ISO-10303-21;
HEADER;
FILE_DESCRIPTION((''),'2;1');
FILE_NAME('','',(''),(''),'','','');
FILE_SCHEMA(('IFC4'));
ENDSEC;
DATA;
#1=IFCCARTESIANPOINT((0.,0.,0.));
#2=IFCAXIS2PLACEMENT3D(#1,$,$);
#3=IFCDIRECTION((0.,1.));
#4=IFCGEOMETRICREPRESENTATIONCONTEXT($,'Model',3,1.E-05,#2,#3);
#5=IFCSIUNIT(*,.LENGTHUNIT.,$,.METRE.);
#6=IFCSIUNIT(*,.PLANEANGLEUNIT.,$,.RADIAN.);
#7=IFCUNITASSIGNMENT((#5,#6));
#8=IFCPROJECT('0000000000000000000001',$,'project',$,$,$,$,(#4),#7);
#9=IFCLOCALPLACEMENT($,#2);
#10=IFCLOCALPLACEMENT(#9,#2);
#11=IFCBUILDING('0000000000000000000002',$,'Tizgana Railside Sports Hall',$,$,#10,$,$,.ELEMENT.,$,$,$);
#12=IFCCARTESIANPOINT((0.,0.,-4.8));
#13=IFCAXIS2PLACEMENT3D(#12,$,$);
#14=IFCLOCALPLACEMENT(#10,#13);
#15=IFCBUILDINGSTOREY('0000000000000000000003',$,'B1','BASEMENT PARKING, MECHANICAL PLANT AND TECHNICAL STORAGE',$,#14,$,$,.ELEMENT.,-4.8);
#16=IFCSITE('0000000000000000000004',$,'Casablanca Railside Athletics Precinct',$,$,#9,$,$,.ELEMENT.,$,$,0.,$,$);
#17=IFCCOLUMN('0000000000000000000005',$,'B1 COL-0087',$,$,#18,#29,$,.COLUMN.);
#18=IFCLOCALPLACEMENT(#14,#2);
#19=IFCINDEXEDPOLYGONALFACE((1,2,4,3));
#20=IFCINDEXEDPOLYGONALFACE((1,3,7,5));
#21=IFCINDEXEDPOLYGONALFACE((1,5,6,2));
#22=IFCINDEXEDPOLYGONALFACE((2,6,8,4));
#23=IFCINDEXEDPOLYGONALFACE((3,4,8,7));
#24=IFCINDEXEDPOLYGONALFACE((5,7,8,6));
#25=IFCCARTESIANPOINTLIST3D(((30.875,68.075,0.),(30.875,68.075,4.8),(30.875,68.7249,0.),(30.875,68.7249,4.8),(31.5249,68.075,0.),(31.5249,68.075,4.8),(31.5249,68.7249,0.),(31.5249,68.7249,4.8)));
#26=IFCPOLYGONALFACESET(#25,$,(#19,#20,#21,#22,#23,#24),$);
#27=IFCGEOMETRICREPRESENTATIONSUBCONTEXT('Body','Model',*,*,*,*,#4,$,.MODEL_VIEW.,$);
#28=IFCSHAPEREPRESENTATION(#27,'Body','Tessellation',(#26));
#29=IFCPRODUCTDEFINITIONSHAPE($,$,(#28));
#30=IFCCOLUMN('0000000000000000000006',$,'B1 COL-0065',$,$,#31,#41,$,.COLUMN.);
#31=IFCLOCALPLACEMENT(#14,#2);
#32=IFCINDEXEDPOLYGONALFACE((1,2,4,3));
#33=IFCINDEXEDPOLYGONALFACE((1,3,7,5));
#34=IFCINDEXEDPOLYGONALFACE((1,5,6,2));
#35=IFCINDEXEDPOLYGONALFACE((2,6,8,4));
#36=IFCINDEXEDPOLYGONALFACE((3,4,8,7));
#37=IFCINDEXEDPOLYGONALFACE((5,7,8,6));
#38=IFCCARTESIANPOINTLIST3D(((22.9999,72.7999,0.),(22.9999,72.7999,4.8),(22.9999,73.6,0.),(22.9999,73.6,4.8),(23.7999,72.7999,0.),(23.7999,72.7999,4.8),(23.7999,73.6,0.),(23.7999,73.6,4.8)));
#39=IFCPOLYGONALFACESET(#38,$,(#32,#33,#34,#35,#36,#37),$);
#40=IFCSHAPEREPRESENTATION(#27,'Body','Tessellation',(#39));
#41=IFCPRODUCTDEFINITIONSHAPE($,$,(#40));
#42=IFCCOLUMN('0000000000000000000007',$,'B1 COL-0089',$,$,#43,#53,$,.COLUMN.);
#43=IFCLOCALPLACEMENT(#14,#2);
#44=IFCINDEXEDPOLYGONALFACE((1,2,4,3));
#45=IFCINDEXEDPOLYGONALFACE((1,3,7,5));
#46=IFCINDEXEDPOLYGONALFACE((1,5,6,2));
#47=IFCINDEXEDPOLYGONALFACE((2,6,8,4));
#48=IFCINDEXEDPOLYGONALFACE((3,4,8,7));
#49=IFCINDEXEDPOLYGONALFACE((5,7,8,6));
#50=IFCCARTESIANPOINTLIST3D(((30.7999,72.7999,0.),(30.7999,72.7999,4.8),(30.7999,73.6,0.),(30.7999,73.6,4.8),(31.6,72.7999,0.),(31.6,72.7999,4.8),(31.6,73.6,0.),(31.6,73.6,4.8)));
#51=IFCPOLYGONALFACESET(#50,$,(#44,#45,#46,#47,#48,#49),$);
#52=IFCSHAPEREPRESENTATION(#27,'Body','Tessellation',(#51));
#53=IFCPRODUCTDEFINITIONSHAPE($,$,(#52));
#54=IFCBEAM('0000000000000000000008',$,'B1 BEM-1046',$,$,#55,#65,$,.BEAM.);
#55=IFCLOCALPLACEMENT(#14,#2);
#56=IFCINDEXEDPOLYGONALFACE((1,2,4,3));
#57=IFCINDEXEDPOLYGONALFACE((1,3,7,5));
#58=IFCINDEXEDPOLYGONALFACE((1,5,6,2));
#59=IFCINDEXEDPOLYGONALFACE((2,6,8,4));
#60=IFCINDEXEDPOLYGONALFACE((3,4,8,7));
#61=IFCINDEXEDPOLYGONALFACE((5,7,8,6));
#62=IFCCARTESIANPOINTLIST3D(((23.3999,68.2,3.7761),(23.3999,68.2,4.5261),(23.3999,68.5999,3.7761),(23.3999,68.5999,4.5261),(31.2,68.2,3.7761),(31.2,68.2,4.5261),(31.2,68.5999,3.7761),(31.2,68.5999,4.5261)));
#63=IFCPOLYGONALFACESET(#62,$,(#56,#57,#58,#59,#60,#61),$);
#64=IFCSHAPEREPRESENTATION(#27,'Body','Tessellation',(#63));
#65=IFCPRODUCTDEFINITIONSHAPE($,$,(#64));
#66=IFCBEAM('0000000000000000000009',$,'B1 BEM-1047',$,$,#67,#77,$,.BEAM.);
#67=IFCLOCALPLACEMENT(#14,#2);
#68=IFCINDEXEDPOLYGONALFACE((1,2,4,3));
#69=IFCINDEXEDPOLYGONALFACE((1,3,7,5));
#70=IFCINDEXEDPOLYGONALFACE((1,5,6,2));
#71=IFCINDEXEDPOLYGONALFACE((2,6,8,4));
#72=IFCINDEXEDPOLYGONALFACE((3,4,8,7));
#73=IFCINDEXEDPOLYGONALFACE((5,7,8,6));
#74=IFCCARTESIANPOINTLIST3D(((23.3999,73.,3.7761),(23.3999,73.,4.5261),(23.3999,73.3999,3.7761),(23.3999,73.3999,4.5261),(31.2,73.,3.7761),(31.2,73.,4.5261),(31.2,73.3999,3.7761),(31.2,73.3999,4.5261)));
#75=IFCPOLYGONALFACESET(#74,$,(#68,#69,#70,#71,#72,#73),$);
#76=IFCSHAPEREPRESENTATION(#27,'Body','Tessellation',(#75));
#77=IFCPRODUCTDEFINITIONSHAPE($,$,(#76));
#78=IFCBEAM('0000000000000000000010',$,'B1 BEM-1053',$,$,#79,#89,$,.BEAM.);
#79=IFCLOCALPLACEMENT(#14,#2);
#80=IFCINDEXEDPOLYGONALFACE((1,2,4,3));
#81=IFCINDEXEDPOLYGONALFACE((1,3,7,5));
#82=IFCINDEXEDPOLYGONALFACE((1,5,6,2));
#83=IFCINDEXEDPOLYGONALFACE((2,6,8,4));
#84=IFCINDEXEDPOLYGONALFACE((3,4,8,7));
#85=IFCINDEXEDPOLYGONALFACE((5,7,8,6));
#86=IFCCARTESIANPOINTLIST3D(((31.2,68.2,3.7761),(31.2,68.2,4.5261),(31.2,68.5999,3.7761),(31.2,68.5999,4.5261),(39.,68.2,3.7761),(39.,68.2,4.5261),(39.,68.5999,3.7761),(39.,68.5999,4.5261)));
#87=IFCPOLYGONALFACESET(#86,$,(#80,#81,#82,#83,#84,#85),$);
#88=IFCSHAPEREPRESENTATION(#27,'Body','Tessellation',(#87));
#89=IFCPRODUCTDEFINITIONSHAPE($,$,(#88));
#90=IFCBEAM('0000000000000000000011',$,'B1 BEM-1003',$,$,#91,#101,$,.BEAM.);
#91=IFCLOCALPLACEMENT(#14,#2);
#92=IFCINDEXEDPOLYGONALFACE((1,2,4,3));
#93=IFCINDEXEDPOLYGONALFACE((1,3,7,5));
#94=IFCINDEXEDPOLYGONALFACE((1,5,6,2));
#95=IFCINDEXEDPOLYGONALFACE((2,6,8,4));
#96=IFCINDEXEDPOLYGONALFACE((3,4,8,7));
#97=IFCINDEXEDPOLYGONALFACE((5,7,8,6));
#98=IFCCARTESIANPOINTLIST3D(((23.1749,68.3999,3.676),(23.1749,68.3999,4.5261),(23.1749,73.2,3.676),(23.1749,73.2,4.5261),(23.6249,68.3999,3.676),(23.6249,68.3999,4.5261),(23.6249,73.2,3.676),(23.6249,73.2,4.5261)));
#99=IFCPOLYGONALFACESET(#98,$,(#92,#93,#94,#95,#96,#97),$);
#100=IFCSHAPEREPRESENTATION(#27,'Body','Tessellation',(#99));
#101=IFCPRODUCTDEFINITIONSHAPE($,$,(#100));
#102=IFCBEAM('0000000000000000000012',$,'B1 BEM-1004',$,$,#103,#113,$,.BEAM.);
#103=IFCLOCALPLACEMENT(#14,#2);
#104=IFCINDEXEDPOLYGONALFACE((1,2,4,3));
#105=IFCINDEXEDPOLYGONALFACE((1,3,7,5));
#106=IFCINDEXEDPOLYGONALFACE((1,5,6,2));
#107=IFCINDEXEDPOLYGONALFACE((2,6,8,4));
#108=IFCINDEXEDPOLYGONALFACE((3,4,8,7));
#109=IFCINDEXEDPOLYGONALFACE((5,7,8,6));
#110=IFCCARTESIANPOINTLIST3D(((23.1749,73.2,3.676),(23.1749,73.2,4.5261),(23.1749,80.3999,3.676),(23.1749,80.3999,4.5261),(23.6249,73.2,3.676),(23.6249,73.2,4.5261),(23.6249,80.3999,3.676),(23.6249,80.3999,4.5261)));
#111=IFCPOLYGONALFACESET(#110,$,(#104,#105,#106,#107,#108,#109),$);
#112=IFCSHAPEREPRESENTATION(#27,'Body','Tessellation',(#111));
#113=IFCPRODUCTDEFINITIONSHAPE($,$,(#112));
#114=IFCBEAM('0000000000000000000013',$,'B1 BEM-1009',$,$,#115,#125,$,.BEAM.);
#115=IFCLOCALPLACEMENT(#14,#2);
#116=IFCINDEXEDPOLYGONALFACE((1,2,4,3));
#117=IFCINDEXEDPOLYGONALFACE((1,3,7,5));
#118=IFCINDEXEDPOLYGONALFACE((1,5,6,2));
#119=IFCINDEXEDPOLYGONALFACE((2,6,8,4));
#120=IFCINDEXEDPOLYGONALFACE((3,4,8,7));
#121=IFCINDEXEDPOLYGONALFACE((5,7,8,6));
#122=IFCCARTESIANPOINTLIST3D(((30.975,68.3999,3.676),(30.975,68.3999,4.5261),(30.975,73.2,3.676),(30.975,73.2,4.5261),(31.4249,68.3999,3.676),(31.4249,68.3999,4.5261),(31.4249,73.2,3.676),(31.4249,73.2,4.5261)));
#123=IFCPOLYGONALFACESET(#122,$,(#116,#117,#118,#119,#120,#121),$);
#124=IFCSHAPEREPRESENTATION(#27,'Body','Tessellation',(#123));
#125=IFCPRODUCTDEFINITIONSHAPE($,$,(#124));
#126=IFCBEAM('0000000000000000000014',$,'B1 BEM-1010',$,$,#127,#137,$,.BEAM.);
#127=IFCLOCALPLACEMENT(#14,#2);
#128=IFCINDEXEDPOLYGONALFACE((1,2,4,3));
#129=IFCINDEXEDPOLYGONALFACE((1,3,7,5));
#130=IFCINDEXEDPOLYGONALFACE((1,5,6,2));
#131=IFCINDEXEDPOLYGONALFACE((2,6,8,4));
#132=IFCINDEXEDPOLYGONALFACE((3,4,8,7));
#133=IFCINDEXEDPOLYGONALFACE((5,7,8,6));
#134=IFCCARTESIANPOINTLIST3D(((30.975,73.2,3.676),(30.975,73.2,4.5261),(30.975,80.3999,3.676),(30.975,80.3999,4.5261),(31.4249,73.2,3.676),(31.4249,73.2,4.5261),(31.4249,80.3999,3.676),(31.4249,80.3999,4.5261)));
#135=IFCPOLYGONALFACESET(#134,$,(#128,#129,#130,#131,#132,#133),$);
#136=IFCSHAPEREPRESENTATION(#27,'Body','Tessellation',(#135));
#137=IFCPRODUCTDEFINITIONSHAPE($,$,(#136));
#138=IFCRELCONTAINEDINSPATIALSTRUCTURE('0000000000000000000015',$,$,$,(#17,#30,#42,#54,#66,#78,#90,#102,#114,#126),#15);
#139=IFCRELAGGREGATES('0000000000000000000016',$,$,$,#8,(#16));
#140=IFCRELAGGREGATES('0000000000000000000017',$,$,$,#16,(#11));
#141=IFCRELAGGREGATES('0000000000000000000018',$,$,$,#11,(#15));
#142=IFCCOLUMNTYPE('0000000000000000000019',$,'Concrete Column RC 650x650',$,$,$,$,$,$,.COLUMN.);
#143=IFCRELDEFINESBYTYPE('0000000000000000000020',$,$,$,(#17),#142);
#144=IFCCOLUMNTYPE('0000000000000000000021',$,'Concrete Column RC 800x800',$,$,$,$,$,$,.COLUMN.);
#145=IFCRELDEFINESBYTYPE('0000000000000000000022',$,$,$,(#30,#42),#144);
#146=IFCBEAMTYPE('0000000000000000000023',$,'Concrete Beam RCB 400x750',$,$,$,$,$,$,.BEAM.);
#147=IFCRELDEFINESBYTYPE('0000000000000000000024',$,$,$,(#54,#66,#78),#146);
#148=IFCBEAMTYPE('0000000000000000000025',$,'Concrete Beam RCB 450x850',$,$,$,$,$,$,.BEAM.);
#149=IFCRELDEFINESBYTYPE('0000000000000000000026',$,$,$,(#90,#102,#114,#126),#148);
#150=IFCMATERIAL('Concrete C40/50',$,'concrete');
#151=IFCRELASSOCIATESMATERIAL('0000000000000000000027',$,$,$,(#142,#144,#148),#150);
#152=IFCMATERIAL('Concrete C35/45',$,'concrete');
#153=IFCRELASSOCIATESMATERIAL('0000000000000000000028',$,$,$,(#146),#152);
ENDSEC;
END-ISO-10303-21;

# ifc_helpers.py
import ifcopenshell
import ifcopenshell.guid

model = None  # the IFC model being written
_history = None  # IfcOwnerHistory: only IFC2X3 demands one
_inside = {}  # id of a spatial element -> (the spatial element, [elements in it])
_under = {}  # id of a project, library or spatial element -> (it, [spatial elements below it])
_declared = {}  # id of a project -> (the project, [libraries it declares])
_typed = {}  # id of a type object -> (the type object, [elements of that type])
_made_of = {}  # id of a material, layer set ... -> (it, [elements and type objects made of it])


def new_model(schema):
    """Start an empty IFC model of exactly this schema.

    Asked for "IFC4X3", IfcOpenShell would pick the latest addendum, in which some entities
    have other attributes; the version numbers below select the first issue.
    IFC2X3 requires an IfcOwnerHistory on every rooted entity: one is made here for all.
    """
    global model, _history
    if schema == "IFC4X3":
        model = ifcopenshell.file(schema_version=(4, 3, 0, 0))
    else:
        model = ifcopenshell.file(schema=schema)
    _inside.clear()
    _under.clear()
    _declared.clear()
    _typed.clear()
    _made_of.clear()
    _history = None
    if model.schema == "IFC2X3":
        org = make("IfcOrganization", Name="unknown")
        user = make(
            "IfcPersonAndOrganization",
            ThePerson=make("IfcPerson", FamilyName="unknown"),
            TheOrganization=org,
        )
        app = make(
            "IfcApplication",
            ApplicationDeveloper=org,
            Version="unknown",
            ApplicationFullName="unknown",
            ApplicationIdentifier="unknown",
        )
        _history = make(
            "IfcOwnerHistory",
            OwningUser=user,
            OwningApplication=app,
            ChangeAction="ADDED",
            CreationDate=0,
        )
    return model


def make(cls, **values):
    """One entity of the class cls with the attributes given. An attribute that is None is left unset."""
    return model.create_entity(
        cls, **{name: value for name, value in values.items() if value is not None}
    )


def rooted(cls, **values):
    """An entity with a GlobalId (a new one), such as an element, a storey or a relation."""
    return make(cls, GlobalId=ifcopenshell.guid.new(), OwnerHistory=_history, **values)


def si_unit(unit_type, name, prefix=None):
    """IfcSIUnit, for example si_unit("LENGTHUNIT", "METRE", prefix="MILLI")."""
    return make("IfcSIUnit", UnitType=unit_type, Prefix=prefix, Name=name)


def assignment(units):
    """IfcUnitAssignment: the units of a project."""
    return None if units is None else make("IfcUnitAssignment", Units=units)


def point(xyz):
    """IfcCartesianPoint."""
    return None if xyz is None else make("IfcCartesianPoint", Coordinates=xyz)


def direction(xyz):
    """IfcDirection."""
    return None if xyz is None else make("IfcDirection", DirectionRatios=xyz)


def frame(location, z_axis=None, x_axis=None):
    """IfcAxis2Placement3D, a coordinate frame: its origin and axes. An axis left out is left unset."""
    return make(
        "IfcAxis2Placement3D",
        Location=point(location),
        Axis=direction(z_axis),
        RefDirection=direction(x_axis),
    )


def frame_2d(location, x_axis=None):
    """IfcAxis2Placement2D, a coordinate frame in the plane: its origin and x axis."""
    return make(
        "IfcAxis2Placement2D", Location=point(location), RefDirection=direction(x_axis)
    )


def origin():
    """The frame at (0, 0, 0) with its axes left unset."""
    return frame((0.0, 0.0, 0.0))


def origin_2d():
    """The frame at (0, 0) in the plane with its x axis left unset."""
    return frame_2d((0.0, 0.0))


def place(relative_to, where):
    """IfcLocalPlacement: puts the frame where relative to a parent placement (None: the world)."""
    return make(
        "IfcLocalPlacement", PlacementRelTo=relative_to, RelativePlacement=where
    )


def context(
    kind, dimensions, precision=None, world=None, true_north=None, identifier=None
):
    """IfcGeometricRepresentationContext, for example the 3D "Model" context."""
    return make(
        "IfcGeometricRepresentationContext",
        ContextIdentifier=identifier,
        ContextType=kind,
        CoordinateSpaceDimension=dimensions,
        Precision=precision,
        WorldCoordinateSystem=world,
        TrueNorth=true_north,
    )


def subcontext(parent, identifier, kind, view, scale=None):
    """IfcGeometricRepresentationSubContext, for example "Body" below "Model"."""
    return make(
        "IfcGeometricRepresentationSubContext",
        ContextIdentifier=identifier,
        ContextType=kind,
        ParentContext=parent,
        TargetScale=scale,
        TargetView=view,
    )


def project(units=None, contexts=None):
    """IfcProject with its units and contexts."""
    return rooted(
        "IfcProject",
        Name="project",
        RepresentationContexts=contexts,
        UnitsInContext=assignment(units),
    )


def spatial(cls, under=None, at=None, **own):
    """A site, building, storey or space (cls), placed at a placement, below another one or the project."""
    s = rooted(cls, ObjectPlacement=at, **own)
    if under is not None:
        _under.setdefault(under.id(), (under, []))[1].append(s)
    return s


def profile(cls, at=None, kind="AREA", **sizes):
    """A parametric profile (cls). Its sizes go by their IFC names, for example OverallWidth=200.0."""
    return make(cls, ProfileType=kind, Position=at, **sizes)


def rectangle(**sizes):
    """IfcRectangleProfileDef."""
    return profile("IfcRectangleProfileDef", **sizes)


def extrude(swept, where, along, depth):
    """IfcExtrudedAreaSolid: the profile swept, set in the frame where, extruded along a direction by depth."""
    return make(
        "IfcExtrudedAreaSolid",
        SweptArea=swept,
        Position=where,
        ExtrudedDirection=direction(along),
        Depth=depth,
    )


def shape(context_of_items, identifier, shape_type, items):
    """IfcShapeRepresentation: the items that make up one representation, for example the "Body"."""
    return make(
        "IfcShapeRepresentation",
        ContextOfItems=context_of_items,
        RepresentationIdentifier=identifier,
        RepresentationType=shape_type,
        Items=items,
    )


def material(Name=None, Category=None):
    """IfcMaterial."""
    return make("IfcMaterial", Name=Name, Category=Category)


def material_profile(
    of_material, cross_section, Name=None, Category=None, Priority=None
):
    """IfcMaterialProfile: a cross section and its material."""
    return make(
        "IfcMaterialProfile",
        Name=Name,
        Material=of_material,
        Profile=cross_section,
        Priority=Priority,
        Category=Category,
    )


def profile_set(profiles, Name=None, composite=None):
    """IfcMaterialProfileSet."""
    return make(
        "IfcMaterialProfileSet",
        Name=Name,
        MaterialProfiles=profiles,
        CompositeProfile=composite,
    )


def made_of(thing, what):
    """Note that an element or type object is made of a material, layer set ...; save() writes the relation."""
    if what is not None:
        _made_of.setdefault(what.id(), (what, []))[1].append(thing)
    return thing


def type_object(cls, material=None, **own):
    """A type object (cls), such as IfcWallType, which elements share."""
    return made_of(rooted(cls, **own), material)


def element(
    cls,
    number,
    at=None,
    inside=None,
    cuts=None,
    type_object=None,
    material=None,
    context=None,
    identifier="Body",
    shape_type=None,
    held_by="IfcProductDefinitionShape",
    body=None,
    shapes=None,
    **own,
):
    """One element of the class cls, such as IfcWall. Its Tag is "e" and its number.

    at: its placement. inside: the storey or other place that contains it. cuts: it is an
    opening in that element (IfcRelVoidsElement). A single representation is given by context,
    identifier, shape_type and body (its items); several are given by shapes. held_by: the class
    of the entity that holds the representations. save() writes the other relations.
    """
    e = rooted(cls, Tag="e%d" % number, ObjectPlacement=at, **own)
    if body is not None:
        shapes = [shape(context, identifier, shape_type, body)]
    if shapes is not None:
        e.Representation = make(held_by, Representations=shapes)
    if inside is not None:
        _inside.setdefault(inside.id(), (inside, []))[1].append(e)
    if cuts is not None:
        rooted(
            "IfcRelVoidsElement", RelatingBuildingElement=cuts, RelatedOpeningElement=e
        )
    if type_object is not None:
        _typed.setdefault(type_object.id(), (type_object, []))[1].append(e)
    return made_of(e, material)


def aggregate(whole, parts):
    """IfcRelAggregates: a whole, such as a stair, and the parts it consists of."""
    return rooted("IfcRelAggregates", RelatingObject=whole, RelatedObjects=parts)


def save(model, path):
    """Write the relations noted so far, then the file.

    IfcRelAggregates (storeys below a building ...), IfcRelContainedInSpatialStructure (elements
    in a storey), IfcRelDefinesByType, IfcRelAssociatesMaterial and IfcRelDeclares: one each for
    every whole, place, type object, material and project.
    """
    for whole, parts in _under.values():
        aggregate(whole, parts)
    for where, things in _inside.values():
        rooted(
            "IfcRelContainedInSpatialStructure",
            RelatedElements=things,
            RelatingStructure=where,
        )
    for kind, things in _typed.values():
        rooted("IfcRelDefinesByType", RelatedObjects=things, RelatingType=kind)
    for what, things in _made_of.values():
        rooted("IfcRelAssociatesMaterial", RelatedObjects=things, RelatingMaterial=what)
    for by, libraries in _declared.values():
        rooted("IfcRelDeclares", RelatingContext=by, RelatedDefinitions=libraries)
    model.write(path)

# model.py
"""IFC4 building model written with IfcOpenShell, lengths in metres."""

from ifc_helpers import new_model, si_unit, direction, frame, origin, origin_2d, place, context, subcontext, project, spatial, rectangle, extrude, material, material_profile, profile_set, type_object, element, save


model = new_model("IFC4")

# Units and contexts
model_context = context("Model", 3, precision=1e-05, world=origin(), true_north=direction((0.0, 1.0)))
body_context = subcontext(model_context, "Body", "Model", "MODEL_VIEW")
ifc_project = project(units=[si_unit("LENGTHUNIT", "METRE"), si_unit("PLANEANGLEUNIT", "RADIAN")], contexts=[model_context])

# Site, building, storey
site_placement = place(None, origin())
site = spatial("IfcSite", under=ifc_project, at=site_placement, Name="Casablanca Railside Athletics Precinct", CompositionType="ELEMENT", RefElevation=0.0)
building_placement = place(site_placement, origin())
building = spatial("IfcBuilding", under=site, at=building_placement, Name="Tizgana Railside Sports Hall", CompositionType="ELEMENT")
storey_placement = place(building_placement, frame((0.0, 0.0, -4.8)))
storey = spatial("IfcBuildingStorey", under=building, at=storey_placement, Name="B1", Description="BASEMENT PARKING, MECHANICAL PLANT AND TECHNICAL STORAGE", CompositionType="ELEMENT", Elevation=-4.8)

# Shared definitions
ifc_material_1 = material(Name="Concrete C35/45", Category="concrete")

# Columns
ifc_material_2 = material(Name="Concrete C40/50", Category="concrete")
ifc_material_profile_1 = material_profile(ifc_material_2, rectangle(XDim=0.6499, YDim=0.6499, at=origin_2d()), Name="RC 650x650")
ifc_profile_set_1 = profile_set([ifc_material_profile_1], Name="Concrete C40/50")
column_type_1 = type_object("IfcColumnType", Name="Concrete Column RC 650x650", PredefinedType="COLUMN", material=ifc_profile_set_1)
for number, where, z_axis, x_axis, name in (
    (1, (31.2, 68.3999, 0.0), (0.0, 0.0, 1.0), (1.0, 0.0, 0.0), "B1 COL-0087"),
):
    element("IfcColumn", number, at=place(storey_placement, frame(where, z_axis=z_axis, x_axis=x_axis)), inside=storey, type_object=column_type_1, Name=name, PredefinedType="COLUMN", context=body_context, shape_type="SweptSolid", body=[
        extrude(rectangle(XDim=0.6499, YDim=0.6499, at=origin_2d()), origin(), (0.0, 0.0, 1.0), 4.8),
    ])
ifc_material_profile_2 = material_profile(ifc_material_2, rectangle(XDim=0.8, YDim=0.8, at=origin_2d()), Name="RC 800x800")
ifc_profile_set_2 = profile_set([ifc_material_profile_2], Name="Concrete C40/50")
column_type_2 = type_object("IfcColumnType", Name="Concrete Column RC 800x800", PredefinedType="COLUMN", material=ifc_profile_set_2)
for number, where, z_axis, x_axis, name in (
    (2, (23.3999, 73.2, 0.0), (0.0, 0.0, 1.0), (1.0, 0.0, 0.0), "B1 COL-0065"),
    (3, (31.2, 73.2, 0.0), (0.0, 0.0, 1.0), (1.0, 0.0, 0.0), "B1 COL-0089"),
):
    element("IfcColumn", number, at=place(storey_placement, frame(where, z_axis=z_axis, x_axis=x_axis)), inside=storey, type_object=column_type_2, Name=name, PredefinedType="COLUMN", context=body_context, shape_type="SweptSolid", body=[
        extrude(rectangle(XDim=0.8, YDim=0.8, at=origin_2d()), origin(), (0.0, 0.0, 1.0), 4.8),
    ])

# Beams
ifc_material_profile_3 = material_profile(ifc_material_1, rectangle(XDim=0.3999, YDim=0.75, at=origin_2d()), Name="RCB 400x750")
ifc_profile_set_3 = profile_set([ifc_material_profile_3], Name="Concrete C35/45")
beam_type_1 = type_object("IfcBeamType", Name="Concrete Beam RCB 400x750", PredefinedType="BEAM", material=ifc_profile_set_3)
for number, where, z_axis, x_axis, name in (
    (4, (23.3999, 68.3999, 4.1511), (1.0, 0.0, 0.0), (0.0, 1.0, 0.0), "B1 BEM-1046"),
    (5, (23.3999, 73.2, 4.1511), (1.0, 0.0, 0.0), (0.0, 1.0, 0.0), "B1 BEM-1047"),
    (6, (31.2, 68.3999, 4.1511), (1.0, 0.0, 0.0), (0.0, 1.0, 0.0), "B1 BEM-1053"),
):
    element("IfcBeam", number, at=place(storey_placement, frame(where, z_axis=z_axis, x_axis=x_axis)), inside=storey, type_object=beam_type_1, Name=name, PredefinedType="BEAM", context=body_context, shape_type="SweptSolid", body=[
        extrude(rectangle(XDim=0.3999, YDim=0.75, at=origin_2d()), origin(), (0.0, 0.0, 1.0), 7.8),
    ])
ifc_material_profile_4 = material_profile(ifc_material_2, rectangle(XDim=0.45, YDim=0.8501, at=origin_2d()), Name="RCB 450x850")
ifc_profile_set_4 = profile_set([ifc_material_profile_4], Name="Concrete C40/50")
beam_type_2 = type_object("IfcBeamType", Name="Concrete Beam RCB 450x850", PredefinedType="BEAM", material=ifc_profile_set_4)
beam_1_placement = place(storey_placement, frame((23.3999, 68.3999, 4.1011), z_axis=(0.0, 1.0, 0.0), x_axis=(-1.0, 0.0, 0.0)))
element("IfcBeam", 7, at=beam_1_placement, inside=storey, type_object=beam_type_2, Name="B1 BEM-1003", PredefinedType="BEAM", context=body_context, shape_type="SweptSolid", body=[
    extrude(rectangle(XDim=0.45, YDim=0.8501, at=origin_2d()), origin(), (0.0, 0.0, 1.0), 4.8),
])
beam_2_placement = place(storey_placement, frame((23.3999, 73.2, 4.1011), z_axis=(0.0, 1.0, 0.0), x_axis=(-1.0, 0.0, 0.0)))
element("IfcBeam", 8, at=beam_2_placement, inside=storey, type_object=beam_type_2, Name="B1 BEM-1004", PredefinedType="BEAM", context=body_context, shape_type="SweptSolid", body=[
    extrude(rectangle(XDim=0.45, YDim=0.8501, at=origin_2d()), origin(), (0.0, 0.0, 1.0), 7.2),
])
beam_3_placement = place(storey_placement, frame((31.2, 68.3999, 4.1011), z_axis=(0.0, 1.0, 0.0), x_axis=(-1.0, 0.0, 0.0)))
element("IfcBeam", 9, at=beam_3_placement, inside=storey, type_object=beam_type_2, Name="B1 BEM-1009", PredefinedType="BEAM", context=body_context, shape_type="SweptSolid", body=[
    extrude(rectangle(XDim=0.45, YDim=0.8501, at=origin_2d()), origin(), (0.0, 0.0, 1.0), 4.8),
])
beam_4_placement = place(storey_placement, frame((31.2, 73.2, 4.1011), z_axis=(0.0, 1.0, 0.0), x_axis=(-1.0, 0.0, 0.0)))
element("IfcBeam", 10, at=beam_4_placement, inside=storey, type_object=beam_type_2, Name="B1 BEM-1010", PredefinedType="BEAM", context=body_context, shape_type="SweptSolid", body=[
    extrude(rectangle(XDim=0.45, YDim=0.8501, at=origin_2d()), origin(), (0.0, 0.0, 1.0), 7.2),
])

save(model, "model.ifc")
